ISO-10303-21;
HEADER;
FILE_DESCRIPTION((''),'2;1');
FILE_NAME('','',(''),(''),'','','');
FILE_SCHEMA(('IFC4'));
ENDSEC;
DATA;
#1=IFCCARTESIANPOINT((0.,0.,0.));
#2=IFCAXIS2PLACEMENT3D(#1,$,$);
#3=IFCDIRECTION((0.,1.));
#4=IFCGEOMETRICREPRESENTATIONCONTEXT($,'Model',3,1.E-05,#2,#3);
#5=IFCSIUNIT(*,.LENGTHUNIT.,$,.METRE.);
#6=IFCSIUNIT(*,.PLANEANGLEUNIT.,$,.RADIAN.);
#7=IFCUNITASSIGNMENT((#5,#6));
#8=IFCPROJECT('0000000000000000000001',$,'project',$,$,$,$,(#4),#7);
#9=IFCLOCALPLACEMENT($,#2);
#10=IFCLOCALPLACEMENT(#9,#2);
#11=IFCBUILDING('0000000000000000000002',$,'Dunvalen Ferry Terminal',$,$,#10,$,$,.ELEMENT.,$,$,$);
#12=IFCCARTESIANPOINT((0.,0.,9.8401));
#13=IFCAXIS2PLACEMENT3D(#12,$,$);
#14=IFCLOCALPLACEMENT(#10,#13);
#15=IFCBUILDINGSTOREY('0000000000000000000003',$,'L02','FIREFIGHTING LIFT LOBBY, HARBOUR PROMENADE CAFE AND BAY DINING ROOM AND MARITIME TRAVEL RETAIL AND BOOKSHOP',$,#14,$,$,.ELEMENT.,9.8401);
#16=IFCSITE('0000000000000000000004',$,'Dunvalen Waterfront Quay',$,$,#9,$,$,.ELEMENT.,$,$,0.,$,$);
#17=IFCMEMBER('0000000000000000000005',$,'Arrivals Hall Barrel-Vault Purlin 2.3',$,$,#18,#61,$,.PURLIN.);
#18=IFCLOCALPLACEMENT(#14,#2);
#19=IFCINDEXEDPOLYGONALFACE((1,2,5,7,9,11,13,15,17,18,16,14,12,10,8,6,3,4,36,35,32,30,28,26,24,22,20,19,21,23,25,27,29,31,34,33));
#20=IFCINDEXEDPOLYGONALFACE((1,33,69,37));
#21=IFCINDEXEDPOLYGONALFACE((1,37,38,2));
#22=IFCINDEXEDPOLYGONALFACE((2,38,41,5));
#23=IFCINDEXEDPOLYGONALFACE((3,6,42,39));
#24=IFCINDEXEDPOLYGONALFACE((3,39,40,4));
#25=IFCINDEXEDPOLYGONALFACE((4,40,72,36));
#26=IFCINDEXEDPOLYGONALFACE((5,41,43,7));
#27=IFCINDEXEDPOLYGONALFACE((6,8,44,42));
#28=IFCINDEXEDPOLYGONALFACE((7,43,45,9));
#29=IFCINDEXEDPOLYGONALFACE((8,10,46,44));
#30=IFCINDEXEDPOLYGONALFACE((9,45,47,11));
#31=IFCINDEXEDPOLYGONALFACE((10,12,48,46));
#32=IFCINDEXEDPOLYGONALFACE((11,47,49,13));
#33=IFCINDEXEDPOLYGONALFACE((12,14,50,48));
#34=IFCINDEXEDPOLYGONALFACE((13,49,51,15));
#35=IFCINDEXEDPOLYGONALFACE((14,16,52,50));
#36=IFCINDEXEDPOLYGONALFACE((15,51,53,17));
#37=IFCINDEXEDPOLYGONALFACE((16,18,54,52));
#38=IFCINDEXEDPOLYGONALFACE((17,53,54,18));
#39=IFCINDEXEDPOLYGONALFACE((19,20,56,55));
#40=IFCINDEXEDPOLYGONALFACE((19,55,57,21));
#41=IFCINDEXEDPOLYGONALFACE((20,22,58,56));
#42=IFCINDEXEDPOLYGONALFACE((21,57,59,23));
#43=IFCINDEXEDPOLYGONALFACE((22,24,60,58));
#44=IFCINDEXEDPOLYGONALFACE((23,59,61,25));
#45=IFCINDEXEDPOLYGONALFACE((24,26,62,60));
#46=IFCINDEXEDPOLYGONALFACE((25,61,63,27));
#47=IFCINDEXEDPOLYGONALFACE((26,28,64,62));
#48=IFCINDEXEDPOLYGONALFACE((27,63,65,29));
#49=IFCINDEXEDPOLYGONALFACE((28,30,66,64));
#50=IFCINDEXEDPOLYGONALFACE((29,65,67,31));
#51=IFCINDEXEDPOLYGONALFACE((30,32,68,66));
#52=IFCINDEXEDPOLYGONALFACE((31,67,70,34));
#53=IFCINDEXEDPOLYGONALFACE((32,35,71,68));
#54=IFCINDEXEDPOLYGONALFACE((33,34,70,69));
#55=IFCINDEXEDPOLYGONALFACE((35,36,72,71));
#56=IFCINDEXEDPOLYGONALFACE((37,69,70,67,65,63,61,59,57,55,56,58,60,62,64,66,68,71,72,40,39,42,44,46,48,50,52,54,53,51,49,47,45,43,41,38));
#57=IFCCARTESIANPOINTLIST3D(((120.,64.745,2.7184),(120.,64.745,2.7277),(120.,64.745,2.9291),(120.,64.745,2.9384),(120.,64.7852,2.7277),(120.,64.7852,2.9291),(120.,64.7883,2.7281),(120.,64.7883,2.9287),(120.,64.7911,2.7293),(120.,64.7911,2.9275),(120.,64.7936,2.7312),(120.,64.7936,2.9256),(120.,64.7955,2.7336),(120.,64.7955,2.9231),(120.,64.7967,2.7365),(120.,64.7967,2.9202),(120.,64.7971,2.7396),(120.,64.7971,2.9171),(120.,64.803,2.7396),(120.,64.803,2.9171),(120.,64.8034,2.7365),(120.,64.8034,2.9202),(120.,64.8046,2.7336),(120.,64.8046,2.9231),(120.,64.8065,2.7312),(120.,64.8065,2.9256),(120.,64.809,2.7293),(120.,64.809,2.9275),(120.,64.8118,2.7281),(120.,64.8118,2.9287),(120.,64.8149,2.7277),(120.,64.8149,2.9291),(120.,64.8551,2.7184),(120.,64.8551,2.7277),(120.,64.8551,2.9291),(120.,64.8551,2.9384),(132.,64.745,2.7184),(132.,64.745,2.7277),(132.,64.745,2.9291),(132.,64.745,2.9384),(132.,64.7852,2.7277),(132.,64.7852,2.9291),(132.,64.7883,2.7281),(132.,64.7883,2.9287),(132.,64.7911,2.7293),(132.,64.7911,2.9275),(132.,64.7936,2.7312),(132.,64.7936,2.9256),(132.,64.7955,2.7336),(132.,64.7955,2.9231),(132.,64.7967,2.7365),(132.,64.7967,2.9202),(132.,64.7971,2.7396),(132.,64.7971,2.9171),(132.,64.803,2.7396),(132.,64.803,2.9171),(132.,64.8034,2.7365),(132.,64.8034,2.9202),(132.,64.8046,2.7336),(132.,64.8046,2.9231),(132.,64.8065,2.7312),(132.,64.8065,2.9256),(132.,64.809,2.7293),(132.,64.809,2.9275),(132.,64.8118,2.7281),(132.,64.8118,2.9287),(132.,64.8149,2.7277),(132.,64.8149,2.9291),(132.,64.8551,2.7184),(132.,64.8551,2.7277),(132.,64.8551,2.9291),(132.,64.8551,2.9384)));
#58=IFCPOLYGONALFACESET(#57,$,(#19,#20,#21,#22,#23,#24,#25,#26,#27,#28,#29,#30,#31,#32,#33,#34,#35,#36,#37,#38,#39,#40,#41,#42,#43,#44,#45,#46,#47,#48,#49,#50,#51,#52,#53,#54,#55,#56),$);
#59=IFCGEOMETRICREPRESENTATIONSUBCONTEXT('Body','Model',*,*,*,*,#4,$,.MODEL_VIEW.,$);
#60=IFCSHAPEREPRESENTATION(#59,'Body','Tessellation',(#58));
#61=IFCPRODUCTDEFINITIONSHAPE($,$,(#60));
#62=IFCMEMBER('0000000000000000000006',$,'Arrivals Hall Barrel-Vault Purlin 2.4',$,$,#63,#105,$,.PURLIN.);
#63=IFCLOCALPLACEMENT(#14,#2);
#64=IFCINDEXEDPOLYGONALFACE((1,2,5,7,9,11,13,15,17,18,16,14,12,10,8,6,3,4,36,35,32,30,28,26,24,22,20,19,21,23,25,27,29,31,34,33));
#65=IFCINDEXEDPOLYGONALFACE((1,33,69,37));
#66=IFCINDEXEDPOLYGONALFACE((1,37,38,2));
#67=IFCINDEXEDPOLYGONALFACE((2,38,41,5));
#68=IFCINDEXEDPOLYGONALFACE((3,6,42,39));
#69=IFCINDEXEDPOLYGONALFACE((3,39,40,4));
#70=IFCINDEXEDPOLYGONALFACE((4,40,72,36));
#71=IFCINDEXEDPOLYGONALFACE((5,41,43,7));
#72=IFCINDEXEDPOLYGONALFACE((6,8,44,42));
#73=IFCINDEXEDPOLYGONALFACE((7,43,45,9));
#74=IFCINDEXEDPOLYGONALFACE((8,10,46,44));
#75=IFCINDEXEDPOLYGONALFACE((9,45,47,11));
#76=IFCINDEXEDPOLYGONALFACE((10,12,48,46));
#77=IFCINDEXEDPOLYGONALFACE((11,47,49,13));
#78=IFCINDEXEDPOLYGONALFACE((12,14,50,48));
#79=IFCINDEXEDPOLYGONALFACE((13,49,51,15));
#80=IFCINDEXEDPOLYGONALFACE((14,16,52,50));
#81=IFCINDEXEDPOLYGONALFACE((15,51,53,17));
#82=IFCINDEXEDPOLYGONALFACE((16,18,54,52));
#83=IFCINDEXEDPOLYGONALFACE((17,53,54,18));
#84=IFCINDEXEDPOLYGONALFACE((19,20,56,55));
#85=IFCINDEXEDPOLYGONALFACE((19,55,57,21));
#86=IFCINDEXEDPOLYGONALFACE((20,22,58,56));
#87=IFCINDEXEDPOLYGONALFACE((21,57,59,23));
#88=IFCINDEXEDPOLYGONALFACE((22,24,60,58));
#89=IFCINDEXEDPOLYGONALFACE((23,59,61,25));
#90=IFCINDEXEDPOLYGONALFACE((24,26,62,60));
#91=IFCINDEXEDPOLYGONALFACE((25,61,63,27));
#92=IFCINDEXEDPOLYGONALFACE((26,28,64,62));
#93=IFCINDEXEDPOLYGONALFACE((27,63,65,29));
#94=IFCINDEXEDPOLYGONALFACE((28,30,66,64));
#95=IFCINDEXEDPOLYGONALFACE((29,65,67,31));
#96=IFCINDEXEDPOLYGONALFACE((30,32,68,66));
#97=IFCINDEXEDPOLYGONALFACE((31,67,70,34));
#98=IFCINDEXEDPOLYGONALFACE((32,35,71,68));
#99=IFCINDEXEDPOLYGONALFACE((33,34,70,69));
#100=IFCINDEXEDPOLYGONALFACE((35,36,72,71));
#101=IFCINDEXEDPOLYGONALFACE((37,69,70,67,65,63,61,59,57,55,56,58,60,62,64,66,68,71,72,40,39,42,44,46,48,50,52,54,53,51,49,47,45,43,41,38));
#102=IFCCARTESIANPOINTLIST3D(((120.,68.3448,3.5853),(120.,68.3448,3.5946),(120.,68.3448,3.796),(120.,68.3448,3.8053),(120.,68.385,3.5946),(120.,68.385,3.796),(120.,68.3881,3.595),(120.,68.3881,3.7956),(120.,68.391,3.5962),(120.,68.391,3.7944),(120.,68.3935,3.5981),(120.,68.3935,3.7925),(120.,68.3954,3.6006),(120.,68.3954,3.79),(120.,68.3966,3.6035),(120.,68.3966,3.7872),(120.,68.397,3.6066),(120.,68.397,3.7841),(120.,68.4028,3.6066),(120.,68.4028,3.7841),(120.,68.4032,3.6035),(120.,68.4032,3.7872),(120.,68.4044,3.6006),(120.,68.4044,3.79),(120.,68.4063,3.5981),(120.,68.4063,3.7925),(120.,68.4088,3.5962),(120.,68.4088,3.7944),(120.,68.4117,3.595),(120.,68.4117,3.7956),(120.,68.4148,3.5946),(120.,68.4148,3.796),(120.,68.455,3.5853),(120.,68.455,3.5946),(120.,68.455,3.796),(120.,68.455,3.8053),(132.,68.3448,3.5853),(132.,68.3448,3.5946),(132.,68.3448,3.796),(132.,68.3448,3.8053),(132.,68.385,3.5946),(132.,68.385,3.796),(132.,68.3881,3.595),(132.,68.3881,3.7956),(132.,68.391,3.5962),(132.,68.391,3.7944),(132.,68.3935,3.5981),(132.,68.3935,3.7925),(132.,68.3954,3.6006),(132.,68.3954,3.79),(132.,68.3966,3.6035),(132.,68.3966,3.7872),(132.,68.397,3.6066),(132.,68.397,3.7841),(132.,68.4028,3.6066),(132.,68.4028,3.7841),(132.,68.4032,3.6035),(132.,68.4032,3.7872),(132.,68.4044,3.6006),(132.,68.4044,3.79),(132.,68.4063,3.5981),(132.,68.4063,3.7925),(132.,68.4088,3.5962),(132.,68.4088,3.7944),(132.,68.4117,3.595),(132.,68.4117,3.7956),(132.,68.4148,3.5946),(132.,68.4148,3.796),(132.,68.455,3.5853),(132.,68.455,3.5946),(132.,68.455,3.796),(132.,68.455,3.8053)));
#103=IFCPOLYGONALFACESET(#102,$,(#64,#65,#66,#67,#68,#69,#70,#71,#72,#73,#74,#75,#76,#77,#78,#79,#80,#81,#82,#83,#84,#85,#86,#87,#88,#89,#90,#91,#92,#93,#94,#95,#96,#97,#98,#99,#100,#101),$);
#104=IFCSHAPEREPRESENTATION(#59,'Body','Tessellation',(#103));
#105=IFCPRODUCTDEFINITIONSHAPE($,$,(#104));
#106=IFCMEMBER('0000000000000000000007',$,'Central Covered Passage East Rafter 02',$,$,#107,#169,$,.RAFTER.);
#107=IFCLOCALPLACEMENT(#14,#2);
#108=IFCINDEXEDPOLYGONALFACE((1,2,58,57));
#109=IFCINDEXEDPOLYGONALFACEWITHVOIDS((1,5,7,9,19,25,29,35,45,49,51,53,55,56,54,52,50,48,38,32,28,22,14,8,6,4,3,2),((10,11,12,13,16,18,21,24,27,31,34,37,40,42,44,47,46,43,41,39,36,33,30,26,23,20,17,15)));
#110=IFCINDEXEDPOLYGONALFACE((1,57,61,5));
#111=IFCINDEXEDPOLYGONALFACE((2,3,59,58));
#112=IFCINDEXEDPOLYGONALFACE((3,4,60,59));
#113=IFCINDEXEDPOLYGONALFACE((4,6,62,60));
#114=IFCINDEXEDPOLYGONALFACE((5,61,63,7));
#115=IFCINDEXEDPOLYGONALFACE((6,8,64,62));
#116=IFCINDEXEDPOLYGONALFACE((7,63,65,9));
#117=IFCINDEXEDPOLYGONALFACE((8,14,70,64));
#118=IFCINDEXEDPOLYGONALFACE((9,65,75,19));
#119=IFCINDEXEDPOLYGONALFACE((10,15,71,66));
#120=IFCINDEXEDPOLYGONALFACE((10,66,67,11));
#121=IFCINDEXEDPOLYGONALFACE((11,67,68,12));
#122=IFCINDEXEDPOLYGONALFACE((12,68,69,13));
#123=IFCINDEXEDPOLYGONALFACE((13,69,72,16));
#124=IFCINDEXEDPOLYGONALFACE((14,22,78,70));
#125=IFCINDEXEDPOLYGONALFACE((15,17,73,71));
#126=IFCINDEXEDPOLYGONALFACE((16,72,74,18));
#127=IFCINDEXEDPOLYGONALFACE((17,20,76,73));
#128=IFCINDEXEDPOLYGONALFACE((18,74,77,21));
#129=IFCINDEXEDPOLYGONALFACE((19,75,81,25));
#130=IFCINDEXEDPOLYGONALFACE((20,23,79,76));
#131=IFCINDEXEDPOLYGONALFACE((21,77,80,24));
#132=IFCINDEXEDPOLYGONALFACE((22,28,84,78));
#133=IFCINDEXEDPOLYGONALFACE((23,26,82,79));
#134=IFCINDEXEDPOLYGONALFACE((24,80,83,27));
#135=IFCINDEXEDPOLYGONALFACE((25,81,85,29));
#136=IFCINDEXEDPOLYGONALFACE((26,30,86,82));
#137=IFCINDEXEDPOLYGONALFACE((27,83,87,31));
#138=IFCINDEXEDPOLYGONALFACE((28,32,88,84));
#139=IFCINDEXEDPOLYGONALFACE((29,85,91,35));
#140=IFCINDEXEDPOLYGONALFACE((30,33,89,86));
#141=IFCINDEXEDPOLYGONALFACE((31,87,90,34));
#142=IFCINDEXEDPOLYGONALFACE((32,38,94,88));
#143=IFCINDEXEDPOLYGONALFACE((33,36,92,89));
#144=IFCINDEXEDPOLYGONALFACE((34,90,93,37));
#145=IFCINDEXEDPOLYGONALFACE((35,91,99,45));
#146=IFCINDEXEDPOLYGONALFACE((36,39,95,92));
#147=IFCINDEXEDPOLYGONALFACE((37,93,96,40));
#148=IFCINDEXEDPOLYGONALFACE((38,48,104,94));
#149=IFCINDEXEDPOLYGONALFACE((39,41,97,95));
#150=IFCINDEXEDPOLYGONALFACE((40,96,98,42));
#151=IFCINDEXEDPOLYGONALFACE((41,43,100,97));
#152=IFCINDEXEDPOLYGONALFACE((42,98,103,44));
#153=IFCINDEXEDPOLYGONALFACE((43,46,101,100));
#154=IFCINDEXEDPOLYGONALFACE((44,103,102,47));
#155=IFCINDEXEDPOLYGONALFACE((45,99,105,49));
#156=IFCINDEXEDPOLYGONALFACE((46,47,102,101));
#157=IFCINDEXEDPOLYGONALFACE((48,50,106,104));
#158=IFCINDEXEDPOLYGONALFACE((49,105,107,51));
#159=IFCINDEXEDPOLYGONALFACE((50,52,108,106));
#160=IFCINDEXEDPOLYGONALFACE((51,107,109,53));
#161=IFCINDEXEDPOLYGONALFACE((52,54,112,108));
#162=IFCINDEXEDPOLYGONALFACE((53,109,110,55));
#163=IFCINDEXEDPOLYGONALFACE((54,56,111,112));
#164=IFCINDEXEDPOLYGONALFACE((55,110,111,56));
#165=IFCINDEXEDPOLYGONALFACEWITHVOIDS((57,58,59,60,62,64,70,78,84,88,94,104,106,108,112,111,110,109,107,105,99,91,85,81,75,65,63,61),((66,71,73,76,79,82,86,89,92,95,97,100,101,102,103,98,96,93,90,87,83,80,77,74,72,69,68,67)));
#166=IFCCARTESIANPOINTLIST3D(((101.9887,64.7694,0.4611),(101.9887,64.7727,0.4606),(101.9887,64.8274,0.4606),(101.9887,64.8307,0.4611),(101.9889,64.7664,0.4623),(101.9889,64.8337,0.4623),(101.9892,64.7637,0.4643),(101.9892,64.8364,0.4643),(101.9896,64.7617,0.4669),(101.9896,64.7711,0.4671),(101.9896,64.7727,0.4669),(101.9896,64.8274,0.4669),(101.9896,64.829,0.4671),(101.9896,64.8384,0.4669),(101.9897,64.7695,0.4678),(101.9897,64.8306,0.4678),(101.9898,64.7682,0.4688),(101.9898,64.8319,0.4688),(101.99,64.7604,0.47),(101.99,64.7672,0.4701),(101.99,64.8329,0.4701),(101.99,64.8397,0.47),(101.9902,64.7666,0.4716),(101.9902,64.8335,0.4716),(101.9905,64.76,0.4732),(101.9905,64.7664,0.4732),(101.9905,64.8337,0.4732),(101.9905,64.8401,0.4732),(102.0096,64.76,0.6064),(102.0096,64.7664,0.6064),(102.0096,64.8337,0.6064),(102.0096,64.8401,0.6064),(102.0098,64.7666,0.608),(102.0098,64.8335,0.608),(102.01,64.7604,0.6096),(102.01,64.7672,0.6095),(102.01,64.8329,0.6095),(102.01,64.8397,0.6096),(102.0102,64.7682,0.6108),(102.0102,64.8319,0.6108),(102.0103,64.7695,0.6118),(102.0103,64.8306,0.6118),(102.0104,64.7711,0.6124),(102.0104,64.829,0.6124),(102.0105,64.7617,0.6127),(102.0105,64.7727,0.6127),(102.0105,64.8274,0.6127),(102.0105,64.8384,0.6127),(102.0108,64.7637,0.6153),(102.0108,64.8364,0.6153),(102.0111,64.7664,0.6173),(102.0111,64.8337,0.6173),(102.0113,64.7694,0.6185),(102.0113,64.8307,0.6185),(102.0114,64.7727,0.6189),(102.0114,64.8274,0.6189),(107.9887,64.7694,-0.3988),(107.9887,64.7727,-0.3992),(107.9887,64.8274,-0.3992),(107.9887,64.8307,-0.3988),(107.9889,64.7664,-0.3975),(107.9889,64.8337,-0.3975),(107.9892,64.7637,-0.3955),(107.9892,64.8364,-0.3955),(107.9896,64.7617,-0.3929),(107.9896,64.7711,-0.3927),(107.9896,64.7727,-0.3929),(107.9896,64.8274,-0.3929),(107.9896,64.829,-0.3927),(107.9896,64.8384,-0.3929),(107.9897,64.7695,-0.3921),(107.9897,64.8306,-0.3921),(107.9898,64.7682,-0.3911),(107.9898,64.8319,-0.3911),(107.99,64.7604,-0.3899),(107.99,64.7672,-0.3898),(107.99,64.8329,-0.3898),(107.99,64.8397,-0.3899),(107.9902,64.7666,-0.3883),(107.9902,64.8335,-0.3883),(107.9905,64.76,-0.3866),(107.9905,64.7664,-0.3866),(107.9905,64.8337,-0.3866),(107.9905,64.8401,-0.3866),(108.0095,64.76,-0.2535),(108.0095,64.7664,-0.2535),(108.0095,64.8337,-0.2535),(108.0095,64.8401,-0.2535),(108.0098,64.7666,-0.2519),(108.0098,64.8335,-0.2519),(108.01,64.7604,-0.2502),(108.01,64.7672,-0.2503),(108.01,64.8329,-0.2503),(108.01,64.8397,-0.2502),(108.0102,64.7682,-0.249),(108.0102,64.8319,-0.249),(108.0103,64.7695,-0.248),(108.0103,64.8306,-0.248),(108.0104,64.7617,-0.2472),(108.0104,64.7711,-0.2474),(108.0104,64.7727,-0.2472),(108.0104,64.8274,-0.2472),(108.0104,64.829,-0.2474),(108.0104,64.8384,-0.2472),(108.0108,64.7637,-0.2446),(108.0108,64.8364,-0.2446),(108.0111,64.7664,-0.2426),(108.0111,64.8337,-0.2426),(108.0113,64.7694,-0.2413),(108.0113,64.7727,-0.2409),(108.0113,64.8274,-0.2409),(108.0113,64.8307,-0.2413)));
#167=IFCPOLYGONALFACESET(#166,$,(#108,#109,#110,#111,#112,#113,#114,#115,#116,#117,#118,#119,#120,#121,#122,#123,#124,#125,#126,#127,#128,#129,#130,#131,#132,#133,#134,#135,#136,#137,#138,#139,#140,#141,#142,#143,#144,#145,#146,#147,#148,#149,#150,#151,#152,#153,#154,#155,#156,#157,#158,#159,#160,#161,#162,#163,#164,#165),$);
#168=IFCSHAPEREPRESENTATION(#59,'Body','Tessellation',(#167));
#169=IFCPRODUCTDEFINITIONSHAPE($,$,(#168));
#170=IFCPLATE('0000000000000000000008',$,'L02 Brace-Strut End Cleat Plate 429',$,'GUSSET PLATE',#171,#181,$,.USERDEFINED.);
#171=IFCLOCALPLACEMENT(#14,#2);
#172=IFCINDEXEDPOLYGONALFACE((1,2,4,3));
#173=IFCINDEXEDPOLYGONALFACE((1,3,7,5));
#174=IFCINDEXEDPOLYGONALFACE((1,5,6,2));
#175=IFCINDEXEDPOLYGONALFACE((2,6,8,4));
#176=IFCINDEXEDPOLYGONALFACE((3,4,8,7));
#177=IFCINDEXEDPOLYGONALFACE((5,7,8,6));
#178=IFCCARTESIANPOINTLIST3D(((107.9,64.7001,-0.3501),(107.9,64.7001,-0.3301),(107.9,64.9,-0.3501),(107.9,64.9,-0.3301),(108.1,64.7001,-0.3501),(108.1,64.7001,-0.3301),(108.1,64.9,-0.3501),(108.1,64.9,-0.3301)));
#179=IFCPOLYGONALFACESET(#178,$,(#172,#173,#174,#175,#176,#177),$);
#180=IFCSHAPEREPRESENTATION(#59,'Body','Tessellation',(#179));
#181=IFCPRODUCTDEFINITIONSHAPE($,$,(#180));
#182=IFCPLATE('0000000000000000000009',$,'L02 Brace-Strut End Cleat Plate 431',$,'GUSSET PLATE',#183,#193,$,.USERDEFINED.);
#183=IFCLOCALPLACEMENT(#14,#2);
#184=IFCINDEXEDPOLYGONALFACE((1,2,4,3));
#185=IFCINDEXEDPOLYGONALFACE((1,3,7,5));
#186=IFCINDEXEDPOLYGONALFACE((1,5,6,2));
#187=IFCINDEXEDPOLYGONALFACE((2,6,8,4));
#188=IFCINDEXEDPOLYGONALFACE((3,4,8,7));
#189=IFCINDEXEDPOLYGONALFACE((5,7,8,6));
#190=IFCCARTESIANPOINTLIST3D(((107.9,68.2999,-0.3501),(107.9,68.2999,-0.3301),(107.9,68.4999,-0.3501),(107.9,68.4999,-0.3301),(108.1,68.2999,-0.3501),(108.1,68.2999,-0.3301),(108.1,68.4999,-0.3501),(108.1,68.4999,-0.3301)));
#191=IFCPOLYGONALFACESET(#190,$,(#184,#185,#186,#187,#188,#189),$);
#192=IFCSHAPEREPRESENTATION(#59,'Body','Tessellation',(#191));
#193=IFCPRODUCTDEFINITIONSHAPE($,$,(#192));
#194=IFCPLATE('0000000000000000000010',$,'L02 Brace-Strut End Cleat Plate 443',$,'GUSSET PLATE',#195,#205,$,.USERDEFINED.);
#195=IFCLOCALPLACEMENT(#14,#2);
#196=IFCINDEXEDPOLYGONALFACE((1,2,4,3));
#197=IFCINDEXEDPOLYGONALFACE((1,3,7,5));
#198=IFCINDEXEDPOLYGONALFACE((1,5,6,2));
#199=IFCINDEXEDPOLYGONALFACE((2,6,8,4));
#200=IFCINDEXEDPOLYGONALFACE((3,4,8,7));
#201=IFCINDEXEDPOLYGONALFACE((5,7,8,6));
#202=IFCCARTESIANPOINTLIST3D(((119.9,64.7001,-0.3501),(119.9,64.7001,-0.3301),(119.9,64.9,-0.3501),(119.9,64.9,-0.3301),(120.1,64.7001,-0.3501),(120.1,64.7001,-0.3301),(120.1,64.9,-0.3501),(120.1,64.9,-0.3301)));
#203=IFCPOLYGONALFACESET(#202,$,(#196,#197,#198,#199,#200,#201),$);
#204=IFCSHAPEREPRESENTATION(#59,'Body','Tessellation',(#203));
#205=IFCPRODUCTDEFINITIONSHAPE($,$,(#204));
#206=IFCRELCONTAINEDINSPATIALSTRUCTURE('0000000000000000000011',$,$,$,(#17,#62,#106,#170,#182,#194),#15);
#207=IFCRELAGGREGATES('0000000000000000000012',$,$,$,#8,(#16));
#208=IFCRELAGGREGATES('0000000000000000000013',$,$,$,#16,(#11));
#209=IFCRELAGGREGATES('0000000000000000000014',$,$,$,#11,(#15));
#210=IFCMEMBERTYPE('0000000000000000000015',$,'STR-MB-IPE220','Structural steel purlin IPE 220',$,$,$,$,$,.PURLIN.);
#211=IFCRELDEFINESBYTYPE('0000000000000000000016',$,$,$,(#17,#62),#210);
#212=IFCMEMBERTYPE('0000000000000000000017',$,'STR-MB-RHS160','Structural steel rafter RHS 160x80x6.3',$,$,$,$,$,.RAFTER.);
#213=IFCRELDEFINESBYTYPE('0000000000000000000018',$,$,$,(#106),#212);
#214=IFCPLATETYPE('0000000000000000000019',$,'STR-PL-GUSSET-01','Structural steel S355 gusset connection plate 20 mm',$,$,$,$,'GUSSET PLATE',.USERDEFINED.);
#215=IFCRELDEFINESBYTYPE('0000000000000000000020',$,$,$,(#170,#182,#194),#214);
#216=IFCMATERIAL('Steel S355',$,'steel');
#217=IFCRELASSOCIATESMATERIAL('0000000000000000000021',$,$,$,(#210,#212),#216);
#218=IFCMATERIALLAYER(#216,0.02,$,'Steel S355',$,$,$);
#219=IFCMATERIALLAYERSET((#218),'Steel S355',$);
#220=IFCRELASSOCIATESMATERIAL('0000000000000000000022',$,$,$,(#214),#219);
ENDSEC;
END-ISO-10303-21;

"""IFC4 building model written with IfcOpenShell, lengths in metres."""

from ifc_helpers import new_model, si_unit, direction, frame, origin, origin_2d, place, context, subcontext, project, spatial, rectangle, hollow_rectangle, i_section, extrude, material, layer, layer_set, material_profile, profile_set, type_object, element, save


model = new_model("IFC4")

# Units and contexts
model_context = context("Model", 3, precision=1e-05, world=origin(), true_north=direction((0.0, 1.0)))
body_context = subcontext(model_context, "Body", "Model", "MODEL_VIEW")
ifc_project = project(units=[si_unit("LENGTHUNIT", "METRE"), si_unit("PLANEANGLEUNIT", "RADIAN")], contexts=[model_context])

# Site, building, storey
site_placement = place(None, origin())
site = spatial("IfcSite", under=ifc_project, at=site_placement, Name="Dunvalen Waterfront Quay", CompositionType="ELEMENT", RefElevation=0.0)
building_placement = place(site_placement, origin())
building = spatial("IfcBuilding", under=site, at=building_placement, Name="Dunvalen Ferry Terminal", CompositionType="ELEMENT")
storey_placement = place(building_placement, frame((0.0, 0.0, 9.8401)))
storey = spatial("IfcBuildingStorey", under=building, at=storey_placement, Name="L02", Description="FIREFIGHTING LIFT LOBBY, HARBOUR PROMENADE CAFE AND BAY DINING ROOM AND MARITIME TRAVEL RETAIL AND BOOKSHOP", CompositionType="ELEMENT", Elevation=9.8401)

# Shared definitions
ifc_material_1 = material(Name="Steel S355", Category="steel")

# Members
ifc_material_profile_1 = material_profile(ifc_material_1, i_section(OverallWidth=0.1101, OverallDepth=0.22, WebThickness=0.0059, FlangeThickness=0.0093, FilletRadius=0.012, at=origin_2d()), Name="Steel S355")
ifc_profile_set_1 = profile_set([ifc_material_profile_1], Name="Steel S355")
member_type_1 = type_object("IfcMemberType", Name="STR-MB-IPE220", Description="Structural steel purlin IPE 220", PredefinedType="PURLIN", material=ifc_profile_set_1)
for number, where, z_axis, x_axis, name in (
    (1, (120.0, 64.8, 2.8284), (1.0, 0.0, 0.0), (0.0, 1.0, 0.0), "Arrivals Hall Barrel-Vault Purlin 2.3"),
    (2, (120.0, 68.3999, 3.6953), (1.0, 0.0, 0.0), (0.0, 1.0, 0.0), "Arrivals Hall Barrel-Vault Purlin 2.4"),
):
    element("IfcMember", number, at=place(storey_placement, frame(where, z_axis=z_axis, x_axis=x_axis)), inside=storey, type_object=member_type_1, Name=name, PredefinedType="PURLIN", context=body_context, shape_type="SweptSolid", body=[
        extrude(i_section(OverallWidth=0.1101, OverallDepth=0.22, WebThickness=0.0059, FlangeThickness=0.0093, FilletRadius=0.012, at=origin_2d()), origin(), (0.0, 0.0, 1.0), 12.0),
    ])
ifc_material_profile_2 = material_profile(ifc_material_1, hollow_rectangle(XDim=0.0801, YDim=0.1599, WallThickness=0.0063, InnerFilletRadius=0.0063, OuterFilletRadius=0.0127, at=origin_2d()), Name="Steel S355")
ifc_profile_set_2 = profile_set([ifc_material_profile_2], Name="Steel S355")
member_type_2 = type_object("IfcMemberType", Name="STR-MB-RHS160", Description="Structural steel rafter RHS 160x80x6.3", PredefinedType="RAFTER", material=ifc_profile_set_2)
member_1_placement = place(storey_placement, frame((108.0, 64.8, -0.3201), z_axis=(-0.989887, 0.0, 0.141861), x_axis=(0.0, -1.0, 0.0)))
element("IfcMember", 3, at=member_1_placement, inside=storey, type_object=member_type_2, Name="Central Covered Passage East Rafter 02", PredefinedType="RAFTER", context=body_context, shape_type="SweptSolid", body=[
    extrude(hollow_rectangle(XDim=0.0801, YDim=0.1599, WallThickness=0.0063, InnerFilletRadius=0.0063, OuterFilletRadius=0.0127, at=origin_2d()), origin(), (0.0, 0.0, 1.0), 6.0613),
])

# Plates
ifc_layer_1 = layer(ifc_material_1, 0.02, Name="Steel S355")
ifc_layer_set_1 = layer_set([ifc_layer_1], Name="Steel S355")
plate_type_1 = type_object("IfcPlateType", Name="STR-PL-GUSSET-01", Description="Structural steel S355 gusset connection plate 20 mm", ElementType="GUSSET PLATE", PredefinedType="USERDEFINED", material=ifc_layer_set_1)
for number, where, z_axis, x_axis, name in (
    (4, (108.0, 64.8, -0.3501), (0.0, 0.0, 1.0), (1.0, 0.0, 0.0), "L02 Brace-Strut End Cleat Plate 429"),
    (5, (108.0, 68.3999, -0.3501), (0.0, 0.0, 1.0), (1.0, 0.0, 0.0), "L02 Brace-Strut End Cleat Plate 431"),
    (6, (120.0, 64.8, -0.3501), (0.0, 0.0, 1.0), (1.0, 0.0, 0.0), "L02 Brace-Strut End Cleat Plate 443"),
):
    element("IfcPlate", number, at=place(storey_placement, frame(where, z_axis=z_axis, x_axis=x_axis)), inside=storey, type_object=plate_type_1, Name=name, ObjectType="GUSSET PLATE", PredefinedType="USERDEFINED", context=body_context, shape_type="SweptSolid", body=[
        extrude(rectangle(XDim=0.2, YDim=0.2, at=origin_2d()), origin(), (0.0, 0.0, 1.0), 0.02),
    ])

save(model, "model.ifc")
